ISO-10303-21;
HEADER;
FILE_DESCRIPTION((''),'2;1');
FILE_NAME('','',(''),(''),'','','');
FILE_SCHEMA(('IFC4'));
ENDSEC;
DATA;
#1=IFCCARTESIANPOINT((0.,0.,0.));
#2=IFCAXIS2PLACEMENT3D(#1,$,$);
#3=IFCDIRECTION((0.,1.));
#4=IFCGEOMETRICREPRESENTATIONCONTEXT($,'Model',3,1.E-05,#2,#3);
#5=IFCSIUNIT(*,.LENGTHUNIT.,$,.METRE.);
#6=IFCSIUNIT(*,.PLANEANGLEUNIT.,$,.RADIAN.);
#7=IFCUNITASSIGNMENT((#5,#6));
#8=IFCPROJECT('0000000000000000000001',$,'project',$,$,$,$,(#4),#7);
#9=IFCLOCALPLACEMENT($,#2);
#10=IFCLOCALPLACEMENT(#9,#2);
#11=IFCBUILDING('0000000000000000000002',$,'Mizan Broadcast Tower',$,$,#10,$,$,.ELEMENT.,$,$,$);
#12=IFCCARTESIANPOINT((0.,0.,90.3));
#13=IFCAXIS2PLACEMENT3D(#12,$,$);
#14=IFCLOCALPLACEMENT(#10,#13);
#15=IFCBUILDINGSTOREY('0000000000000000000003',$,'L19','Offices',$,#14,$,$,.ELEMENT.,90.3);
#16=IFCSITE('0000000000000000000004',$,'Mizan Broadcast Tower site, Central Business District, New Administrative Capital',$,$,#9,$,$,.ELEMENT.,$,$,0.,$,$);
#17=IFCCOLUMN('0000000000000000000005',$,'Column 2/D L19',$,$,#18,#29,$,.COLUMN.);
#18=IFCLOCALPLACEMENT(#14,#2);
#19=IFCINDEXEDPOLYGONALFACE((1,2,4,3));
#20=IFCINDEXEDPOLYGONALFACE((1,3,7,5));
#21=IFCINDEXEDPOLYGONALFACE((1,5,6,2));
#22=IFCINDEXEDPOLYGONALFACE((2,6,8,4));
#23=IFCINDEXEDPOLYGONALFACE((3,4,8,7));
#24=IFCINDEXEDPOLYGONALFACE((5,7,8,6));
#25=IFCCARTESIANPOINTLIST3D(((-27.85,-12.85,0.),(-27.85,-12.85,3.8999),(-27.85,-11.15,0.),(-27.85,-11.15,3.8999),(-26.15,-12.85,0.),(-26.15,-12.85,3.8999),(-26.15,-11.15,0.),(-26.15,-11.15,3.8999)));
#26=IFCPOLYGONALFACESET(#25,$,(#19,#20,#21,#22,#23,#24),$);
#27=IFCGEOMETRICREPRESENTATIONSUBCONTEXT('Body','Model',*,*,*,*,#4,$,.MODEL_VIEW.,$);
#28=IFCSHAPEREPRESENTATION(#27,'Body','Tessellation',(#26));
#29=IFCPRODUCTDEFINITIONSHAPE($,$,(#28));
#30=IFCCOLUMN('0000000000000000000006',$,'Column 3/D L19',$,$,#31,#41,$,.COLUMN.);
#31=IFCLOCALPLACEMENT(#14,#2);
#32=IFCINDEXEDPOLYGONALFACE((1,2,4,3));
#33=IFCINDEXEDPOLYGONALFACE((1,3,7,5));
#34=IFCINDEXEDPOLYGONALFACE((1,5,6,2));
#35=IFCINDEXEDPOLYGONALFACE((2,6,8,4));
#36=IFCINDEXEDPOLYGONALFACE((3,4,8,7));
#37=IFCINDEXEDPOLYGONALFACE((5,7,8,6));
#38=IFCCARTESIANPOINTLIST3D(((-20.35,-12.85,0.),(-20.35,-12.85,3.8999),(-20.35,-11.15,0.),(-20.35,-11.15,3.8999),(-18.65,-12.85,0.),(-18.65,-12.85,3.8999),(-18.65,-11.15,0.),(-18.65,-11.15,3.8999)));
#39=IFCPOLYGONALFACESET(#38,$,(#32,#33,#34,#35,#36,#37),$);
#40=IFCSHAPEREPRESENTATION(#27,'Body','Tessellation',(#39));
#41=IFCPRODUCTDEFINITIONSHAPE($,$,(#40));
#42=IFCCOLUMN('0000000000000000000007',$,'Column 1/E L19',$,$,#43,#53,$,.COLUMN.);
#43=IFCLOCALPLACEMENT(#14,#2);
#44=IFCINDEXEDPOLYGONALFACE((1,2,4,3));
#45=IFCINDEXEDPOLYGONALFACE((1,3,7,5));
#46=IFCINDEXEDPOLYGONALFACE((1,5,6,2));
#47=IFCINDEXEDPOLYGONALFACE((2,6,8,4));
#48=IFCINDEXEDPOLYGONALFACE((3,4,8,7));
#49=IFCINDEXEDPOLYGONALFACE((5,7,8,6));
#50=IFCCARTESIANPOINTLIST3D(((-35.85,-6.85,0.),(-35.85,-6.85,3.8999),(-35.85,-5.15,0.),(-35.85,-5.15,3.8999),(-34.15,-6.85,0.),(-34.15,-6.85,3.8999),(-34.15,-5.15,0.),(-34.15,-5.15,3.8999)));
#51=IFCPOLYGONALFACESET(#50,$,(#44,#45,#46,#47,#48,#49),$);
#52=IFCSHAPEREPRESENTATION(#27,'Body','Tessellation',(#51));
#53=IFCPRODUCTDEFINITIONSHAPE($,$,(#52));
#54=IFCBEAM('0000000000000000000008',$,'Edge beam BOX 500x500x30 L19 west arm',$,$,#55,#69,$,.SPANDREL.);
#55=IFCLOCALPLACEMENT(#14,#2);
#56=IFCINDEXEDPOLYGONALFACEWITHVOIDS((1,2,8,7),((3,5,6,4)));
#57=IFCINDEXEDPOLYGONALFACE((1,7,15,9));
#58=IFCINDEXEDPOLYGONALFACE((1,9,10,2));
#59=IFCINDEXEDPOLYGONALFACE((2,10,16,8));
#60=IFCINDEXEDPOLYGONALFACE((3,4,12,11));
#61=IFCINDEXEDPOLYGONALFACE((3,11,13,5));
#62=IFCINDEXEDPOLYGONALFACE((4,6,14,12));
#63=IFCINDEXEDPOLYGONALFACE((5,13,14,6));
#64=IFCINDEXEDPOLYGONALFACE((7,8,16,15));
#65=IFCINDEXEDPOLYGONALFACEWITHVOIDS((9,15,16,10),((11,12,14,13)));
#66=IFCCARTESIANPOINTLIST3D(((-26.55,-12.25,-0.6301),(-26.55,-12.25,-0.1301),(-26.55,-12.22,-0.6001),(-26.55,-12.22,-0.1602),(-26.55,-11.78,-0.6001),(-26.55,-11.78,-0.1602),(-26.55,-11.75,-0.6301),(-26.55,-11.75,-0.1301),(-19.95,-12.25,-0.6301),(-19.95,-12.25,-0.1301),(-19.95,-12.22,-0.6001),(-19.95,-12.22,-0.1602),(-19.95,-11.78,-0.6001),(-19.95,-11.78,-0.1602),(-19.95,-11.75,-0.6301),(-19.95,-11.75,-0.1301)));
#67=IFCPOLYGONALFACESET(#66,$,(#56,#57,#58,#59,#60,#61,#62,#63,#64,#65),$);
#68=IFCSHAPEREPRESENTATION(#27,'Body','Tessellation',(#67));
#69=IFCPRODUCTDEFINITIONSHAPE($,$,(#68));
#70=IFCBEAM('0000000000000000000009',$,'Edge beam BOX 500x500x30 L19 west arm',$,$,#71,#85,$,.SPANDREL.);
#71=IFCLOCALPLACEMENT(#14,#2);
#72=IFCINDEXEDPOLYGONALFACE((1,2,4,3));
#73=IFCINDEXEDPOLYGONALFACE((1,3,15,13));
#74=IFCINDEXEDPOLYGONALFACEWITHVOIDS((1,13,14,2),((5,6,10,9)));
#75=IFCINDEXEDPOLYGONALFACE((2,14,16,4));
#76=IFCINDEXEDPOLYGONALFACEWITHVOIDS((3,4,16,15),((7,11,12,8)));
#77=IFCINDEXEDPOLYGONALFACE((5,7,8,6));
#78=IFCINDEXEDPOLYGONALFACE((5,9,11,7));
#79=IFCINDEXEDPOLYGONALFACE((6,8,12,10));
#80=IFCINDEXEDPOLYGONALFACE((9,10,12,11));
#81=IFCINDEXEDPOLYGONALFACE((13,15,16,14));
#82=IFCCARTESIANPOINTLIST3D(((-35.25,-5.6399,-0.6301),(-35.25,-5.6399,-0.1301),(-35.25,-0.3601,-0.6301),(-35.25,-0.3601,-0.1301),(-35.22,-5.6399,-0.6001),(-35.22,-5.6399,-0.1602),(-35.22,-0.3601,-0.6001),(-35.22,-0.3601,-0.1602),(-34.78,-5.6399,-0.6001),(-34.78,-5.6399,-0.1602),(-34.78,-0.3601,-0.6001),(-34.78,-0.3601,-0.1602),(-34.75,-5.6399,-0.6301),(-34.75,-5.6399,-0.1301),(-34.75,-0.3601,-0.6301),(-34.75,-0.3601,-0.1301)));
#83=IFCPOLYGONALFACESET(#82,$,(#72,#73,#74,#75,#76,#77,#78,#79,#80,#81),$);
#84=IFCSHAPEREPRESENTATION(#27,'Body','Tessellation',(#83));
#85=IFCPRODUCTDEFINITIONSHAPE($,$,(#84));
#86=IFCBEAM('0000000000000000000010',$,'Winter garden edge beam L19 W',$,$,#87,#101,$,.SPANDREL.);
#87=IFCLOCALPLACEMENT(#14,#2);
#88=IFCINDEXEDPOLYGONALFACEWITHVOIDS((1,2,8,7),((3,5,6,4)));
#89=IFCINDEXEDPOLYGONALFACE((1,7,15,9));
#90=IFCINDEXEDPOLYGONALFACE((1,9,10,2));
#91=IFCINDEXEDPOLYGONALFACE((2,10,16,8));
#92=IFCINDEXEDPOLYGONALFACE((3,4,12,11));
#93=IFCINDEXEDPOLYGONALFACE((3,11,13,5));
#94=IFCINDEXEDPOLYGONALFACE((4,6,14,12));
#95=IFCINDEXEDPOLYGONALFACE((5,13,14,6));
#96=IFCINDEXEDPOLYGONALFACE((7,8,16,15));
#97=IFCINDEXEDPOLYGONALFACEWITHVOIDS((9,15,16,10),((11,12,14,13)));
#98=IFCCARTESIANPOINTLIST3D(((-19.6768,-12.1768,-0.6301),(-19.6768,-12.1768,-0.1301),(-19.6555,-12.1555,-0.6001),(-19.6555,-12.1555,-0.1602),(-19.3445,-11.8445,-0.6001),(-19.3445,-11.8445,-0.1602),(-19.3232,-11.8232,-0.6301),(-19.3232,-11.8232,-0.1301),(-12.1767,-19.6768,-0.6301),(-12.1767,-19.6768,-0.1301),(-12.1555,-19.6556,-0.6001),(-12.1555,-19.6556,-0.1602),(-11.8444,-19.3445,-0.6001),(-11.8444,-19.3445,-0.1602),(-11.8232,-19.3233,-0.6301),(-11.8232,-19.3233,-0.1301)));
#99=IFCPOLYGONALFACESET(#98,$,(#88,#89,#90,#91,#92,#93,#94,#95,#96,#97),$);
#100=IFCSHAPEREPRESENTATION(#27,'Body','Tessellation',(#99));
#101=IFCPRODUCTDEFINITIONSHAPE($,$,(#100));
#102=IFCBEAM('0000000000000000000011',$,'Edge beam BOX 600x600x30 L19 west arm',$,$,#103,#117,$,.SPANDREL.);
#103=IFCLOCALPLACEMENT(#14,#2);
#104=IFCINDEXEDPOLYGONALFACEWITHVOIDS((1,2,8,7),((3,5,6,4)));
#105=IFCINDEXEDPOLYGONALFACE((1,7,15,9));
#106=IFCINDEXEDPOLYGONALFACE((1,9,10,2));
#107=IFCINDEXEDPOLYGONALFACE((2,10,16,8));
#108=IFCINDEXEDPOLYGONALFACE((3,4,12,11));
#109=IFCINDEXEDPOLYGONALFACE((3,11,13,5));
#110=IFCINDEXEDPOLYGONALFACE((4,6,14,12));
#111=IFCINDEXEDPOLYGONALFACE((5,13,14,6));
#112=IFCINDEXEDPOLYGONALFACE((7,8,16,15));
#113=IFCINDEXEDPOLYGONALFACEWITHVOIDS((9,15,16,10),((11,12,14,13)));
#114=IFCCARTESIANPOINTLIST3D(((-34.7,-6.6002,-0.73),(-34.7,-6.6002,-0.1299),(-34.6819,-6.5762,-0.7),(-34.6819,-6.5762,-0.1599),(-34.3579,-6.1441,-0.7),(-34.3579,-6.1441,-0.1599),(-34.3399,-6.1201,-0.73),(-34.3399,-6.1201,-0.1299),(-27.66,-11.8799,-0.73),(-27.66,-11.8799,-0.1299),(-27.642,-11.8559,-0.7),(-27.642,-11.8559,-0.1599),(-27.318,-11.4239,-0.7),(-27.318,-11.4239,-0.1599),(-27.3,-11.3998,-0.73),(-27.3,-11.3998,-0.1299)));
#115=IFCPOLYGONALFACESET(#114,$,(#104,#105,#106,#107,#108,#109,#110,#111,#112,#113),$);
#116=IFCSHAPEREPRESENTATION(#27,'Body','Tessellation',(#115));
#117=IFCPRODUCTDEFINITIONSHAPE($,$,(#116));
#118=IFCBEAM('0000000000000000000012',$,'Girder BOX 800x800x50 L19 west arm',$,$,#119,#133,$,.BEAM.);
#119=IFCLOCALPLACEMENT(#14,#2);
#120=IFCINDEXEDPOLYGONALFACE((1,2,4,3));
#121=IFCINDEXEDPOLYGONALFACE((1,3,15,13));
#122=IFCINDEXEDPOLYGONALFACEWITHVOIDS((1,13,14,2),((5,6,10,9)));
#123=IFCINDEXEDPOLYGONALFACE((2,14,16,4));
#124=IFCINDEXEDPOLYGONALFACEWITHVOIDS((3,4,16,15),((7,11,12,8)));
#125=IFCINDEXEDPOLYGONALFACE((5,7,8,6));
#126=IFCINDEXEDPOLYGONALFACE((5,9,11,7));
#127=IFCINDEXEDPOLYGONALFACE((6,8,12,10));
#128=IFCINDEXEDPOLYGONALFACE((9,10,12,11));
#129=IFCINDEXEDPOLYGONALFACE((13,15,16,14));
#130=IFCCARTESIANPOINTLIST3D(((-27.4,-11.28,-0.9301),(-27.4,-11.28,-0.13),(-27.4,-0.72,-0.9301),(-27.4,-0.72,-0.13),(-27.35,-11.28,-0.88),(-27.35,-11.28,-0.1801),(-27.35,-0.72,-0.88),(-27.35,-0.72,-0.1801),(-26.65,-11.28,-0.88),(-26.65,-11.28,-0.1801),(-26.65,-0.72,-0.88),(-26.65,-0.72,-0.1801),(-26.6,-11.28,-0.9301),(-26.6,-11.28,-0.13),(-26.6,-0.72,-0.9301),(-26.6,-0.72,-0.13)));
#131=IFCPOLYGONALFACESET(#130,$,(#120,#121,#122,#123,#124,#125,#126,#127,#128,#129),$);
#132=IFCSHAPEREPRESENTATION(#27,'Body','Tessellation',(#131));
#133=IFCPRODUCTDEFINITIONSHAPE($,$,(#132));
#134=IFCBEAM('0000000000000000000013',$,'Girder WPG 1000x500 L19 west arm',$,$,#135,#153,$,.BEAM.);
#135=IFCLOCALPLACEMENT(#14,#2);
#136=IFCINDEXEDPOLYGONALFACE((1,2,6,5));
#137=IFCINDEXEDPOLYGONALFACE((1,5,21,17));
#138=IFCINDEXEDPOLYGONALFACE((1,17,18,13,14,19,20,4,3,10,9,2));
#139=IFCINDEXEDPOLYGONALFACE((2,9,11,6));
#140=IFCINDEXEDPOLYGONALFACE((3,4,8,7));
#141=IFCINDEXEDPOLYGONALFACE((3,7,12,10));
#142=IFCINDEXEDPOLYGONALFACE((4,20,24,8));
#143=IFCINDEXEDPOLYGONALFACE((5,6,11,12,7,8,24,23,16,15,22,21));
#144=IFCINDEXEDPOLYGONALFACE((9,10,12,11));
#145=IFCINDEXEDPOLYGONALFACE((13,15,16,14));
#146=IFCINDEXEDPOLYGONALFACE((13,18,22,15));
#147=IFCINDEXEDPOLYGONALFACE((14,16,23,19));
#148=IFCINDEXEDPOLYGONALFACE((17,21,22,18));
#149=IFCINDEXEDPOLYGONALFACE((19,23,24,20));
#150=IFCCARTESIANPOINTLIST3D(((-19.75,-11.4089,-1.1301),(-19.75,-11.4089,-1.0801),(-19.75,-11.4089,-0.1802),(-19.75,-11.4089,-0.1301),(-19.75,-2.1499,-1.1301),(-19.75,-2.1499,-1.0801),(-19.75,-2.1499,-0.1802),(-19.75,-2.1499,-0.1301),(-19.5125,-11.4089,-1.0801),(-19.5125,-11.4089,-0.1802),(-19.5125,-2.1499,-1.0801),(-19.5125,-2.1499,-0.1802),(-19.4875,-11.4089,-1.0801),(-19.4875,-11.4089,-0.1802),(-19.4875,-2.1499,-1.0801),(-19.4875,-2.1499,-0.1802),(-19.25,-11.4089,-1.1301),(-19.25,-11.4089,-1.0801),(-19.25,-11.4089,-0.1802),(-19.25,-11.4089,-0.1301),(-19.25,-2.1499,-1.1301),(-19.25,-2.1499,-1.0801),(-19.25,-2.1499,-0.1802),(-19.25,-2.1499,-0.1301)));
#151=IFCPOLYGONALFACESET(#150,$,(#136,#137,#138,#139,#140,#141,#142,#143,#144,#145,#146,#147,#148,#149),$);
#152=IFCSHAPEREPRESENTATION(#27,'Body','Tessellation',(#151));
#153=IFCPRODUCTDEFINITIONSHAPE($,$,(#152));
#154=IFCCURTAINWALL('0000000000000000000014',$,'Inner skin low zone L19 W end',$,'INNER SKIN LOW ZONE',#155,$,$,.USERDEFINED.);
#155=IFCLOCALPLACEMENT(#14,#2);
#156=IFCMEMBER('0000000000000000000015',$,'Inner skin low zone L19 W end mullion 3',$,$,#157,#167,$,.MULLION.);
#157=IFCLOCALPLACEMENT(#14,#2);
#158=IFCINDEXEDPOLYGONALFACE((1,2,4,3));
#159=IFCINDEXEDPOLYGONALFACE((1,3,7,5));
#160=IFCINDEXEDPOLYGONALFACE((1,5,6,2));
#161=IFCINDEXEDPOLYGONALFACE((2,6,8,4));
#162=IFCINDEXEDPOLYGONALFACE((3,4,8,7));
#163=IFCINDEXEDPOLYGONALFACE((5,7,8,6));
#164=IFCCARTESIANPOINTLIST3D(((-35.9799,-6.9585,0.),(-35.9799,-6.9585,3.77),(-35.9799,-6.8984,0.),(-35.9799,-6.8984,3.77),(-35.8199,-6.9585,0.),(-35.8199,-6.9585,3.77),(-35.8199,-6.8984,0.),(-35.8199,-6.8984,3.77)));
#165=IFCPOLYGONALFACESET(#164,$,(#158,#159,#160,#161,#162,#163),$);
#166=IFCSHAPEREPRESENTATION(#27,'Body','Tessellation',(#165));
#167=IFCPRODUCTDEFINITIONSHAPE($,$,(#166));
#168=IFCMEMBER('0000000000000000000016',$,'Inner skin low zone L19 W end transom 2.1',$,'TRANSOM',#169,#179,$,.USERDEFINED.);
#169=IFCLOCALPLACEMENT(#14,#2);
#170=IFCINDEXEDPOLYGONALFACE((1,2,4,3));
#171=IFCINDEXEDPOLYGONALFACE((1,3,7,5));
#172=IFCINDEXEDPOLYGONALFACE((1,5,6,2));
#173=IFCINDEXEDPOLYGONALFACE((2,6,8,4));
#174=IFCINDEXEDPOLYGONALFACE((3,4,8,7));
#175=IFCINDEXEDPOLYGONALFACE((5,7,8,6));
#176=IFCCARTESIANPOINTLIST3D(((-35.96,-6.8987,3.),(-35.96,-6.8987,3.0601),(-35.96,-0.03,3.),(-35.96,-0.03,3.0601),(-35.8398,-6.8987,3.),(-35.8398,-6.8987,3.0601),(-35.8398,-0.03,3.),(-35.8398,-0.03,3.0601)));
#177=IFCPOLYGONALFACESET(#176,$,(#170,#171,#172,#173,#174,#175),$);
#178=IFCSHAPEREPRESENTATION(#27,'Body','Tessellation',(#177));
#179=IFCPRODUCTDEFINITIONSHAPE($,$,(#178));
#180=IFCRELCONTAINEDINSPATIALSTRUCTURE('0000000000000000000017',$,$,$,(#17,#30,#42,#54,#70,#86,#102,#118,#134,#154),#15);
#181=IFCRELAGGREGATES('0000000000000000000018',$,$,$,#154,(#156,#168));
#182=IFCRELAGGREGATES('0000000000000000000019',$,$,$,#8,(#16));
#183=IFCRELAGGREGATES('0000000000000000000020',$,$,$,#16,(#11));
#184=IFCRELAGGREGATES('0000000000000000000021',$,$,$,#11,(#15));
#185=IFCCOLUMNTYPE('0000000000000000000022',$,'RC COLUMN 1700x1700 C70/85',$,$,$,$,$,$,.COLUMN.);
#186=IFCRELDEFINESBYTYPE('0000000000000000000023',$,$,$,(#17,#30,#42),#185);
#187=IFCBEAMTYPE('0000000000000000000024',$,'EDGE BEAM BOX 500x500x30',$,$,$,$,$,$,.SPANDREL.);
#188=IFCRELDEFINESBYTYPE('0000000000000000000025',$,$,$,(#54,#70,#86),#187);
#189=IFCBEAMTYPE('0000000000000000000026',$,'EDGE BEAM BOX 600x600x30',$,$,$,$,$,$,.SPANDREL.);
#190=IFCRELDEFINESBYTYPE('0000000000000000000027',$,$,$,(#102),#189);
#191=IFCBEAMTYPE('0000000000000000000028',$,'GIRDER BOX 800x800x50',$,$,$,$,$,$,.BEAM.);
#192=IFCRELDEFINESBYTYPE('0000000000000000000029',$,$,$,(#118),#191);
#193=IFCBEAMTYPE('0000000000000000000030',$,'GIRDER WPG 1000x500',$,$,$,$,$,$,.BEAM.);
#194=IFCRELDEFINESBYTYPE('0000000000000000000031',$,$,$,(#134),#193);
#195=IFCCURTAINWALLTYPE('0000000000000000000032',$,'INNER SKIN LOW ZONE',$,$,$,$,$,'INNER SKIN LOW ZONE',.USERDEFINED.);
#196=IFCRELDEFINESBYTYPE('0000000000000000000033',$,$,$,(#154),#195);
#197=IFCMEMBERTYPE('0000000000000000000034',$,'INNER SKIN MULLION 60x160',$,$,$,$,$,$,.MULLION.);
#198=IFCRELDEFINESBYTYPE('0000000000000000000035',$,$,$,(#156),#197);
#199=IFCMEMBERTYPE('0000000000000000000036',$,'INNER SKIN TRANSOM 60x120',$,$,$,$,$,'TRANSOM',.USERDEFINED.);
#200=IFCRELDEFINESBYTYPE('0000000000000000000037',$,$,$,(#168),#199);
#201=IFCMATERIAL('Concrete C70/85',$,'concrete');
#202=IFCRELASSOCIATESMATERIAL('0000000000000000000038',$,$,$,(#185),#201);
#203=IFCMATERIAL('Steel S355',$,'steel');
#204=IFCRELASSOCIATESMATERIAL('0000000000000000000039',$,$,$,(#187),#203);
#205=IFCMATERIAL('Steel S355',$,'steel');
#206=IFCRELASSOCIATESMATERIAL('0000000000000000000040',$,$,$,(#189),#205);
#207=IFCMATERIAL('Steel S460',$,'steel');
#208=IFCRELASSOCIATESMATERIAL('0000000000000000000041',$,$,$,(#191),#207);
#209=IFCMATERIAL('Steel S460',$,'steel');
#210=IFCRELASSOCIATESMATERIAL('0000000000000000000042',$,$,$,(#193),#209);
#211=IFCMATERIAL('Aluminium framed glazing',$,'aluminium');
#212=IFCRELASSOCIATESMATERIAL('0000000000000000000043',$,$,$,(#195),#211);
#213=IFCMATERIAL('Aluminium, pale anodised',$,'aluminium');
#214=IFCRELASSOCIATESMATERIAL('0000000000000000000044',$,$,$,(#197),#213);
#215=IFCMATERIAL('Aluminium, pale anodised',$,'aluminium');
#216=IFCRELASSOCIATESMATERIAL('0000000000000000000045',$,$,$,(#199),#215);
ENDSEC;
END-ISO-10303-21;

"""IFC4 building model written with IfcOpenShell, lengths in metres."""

from ifc_helpers import new_model, si_unit, direction, frame, origin, origin_2d, place, context, subcontext, project, spatial, rectangle, hollow_rectangle, i_section, extrude, material, material_profile, profile_set, type_object, element, aggregate, save


model = new_model("IFC4")

# Units and contexts
model_context = context("Model", 3, precision=1e-05, world=origin(), true_north=direction((0.0, 1.0)))
body_context = subcontext(model_context, "Body", "Model", "MODEL_VIEW")
ifc_project = project(units=[si_unit("LENGTHUNIT", "METRE"), si_unit("PLANEANGLEUNIT", "RADIAN")], contexts=[model_context])

# Site, building, storey
site_placement = place(None, origin())
site = spatial("IfcSite", under=ifc_project, at=site_placement, Name="Mizan Broadcast Tower site, Central Business District, New Administrative Capital", CompositionType="ELEMENT", RefElevation=0.0)
building_placement = place(site_placement, origin())
building = spatial("IfcBuilding", under=site, at=building_placement, Name="Mizan Broadcast Tower", CompositionType="ELEMENT")
storey_placement = place(building_placement, frame((0.0, 0.0, 90.3)))
storey = spatial("IfcBuildingStorey", under=building, at=storey_placement, Name="L19", Description="Offices", CompositionType="ELEMENT", Elevation=90.3)

# Columns
ifc_material_1 = material(Name="Concrete C70/85", Category="concrete")
ifc_material_profile_1 = material_profile(ifc_material_1, rectangle(XDim=1.7, YDim=1.7, at=origin_2d()), Name="RC 1700x1700")
ifc_profile_set_1 = profile_set([ifc_material_profile_1], Name="Concrete C70/85")
column_type = type_object("IfcColumnType", Name="RC COLUMN 1700x1700 C70/85", PredefinedType="COLUMN", material=ifc_profile_set_1)
for number, where, z_axis, x_axis, name in (
    (1, (-27.0, -12.0, 0.0), (0.0, 0.0, 1.0), (1.0, 0.0, 0.0), "Column 2/D L19"),
    (2, (-19.5, -12.0, 0.0), (0.0, 0.0, 1.0), (1.0, 0.0, 0.0), "Column 3/D L19"),
    (3, (-35.0, -6.0, 0.0), (0.0, 0.0, 1.0), (1.0, 0.0, 0.0), "Column 1/E L19"),
):
    element("IfcColumn", number, at=place(storey_placement, frame(where, z_axis=z_axis, x_axis=x_axis)), inside=storey, type_object=column_type, Name=name, PredefinedType="COLUMN", context=body_context, shape_type="SweptSolid", body=[
        extrude(rectangle(XDim=1.7, YDim=1.7, at=origin_2d()), origin(), (0.0, 0.0, 1.0), 3.8999),
    ])

# Beams
ifc_material_2 = material(Name="Steel S355", Category="steel")
ifc_material_profile_2 = material_profile(ifc_material_2, hollow_rectangle(XDim=0.5, YDim=0.5, WallThickness=0.03, at=origin_2d()), Name="BOX 500x500x30")
ifc_profile_set_2 = profile_set([ifc_material_profile_2], Name="Steel S355")
beam_type_1 = type_object("IfcBeamType", Name="EDGE BEAM BOX 500x500x30", PredefinedType="SPANDREL", material=ifc_profile_set_2)
beam_1_placement = place(storey_placement, frame((-19.95, -12.0, -0.3801), z_axis=(-1.0, 0.0, 0.0), x_axis=(0.0, -1.0, 0.0)))
element("IfcBeam", 4, at=beam_1_placement, inside=storey, type_object=beam_type_1, Name="Edge beam BOX 500x500x30 L19 west arm", PredefinedType="SPANDREL", context=body_context, shape_type="SweptSolid", body=[
    extrude(hollow_rectangle(XDim=0.5, YDim=0.5, WallThickness=0.03, at=origin_2d()), origin(), (0.0, 0.0, 1.0), 6.6001),
])
beam_2_placement = place(storey_placement, frame((-35.0, -5.6399, -0.3801), z_axis=(0.0, 1.0, 0.0), x_axis=(-1.0, 0.0, 0.0)))
element("IfcBeam", 5, at=beam_2_placement, inside=storey, type_object=beam_type_1, Name="Edge beam BOX 500x500x30 L19 west arm", PredefinedType="SPANDREL", context=body_context, shape_type="SweptSolid", body=[
    extrude(hollow_rectangle(XDim=0.5, YDim=0.5, WallThickness=0.03, at=origin_2d()), origin(), (0.0, 0.0, 1.0), 5.2798),
])
beam_3_placement = place(storey_placement, frame((-19.5, -12.0, -0.3801), z_axis=(0.707107, -0.707107, 0.0), x_axis=(0.707107, 0.707107, 0.0)))
element("IfcBeam", 6, at=beam_3_placement, inside=storey, type_object=beam_type_1, Name="Winter garden edge beam L19 W", PredefinedType="SPANDREL", context=body_context, shape_type="SweptSolid", body=[
    extrude(hollow_rectangle(XDim=0.5, YDim=0.5, WallThickness=0.03, at=origin_2d()), origin(), (0.0, 0.0, 1.0), 10.6067),
])
ifc_material_3 = material(Name="Steel S355", Category="steel")
ifc_material_profile_3 = material_profile(ifc_material_3, hollow_rectangle(XDim=0.6001, YDim=0.6001, WallThickness=0.03, at=origin_2d()), Name="BOX 600x600x30")
ifc_profile_set_3 = profile_set([ifc_material_profile_3], Name="Steel S355")
beam_type_2 = type_object("IfcBeamType", Name="EDGE BEAM BOX 600x600x30", PredefinedType="SPANDREL", material=ifc_profile_set_3)
beam_4_placement = place(storey_placement, frame((-27.48, -11.6399, -0.4299), z_axis=(-0.800013, 0.599982, 0.0), x_axis=(-0.599982, -0.800013, 0.0)))
element("IfcBeam", 7, at=beam_4_placement, inside=storey, type_object=beam_type_2, Name="Edge beam BOX 600x600x30 L19 west arm", PredefinedType="SPANDREL", context=body_context, shape_type="SweptSolid", body=[
    extrude(hollow_rectangle(XDim=0.6001, YDim=0.6001, WallThickness=0.03, at=origin_2d()), origin(), (0.0, 0.0, 1.0), 8.7998),
])
ifc_material_4 = material(Name="Steel S460", Category="steel")
ifc_material_profile_4 = material_profile(ifc_material_4, hollow_rectangle(XDim=0.8, YDim=0.8, WallThickness=0.05, at=origin_2d()), Name="BOX 800x800x50")
ifc_profile_set_4 = profile_set([ifc_material_profile_4], Name="Steel S460")
beam_type_3 = type_object("IfcBeamType", Name="GIRDER BOX 800x800x50", PredefinedType="BEAM", material=ifc_profile_set_4)
beam_5_placement = place(storey_placement, frame((-27.0, -11.28, -0.53), z_axis=(0.0, 1.0, 0.0), x_axis=(-1.0, 0.0, 0.0)))
element("IfcBeam", 8, at=beam_5_placement, inside=storey, type_object=beam_type_3, Name="Girder BOX 800x800x50 L19 west arm", PredefinedType="BEAM", context=body_context, shape_type="SweptSolid", body=[
    extrude(hollow_rectangle(XDim=0.8, YDim=0.8, WallThickness=0.05, at=origin_2d()), origin(), (0.0, 0.0, 1.0), 10.5601),
])
ifc_material_5 = material(Name="Steel S460", Category="steel")
ifc_material_profile_5 = material_profile(ifc_material_5, i_section(OverallWidth=0.5, OverallDepth=1.0, WebThickness=0.0249, FlangeThickness=0.05, at=origin_2d()), Name="WPG 1000x500")
ifc_profile_set_5 = profile_set([ifc_material_profile_5], Name="Steel S460")
beam_type_4 = type_object("IfcBeamType", Name="GIRDER WPG 1000x500", PredefinedType="BEAM", material=ifc_profile_set_5)
beam_6_placement = place(storey_placement, frame((-19.5, -11.4089, -0.6301), z_axis=(0.0, 1.0, 0.0), x_axis=(-1.0, 0.0, 0.0)))
element("IfcBeam", 9, at=beam_6_placement, inside=storey, type_object=beam_type_4, Name="Girder WPG 1000x500 L19 west arm", PredefinedType="BEAM", context=body_context, shape_type="SweptSolid", body=[
    extrude(i_section(OverallWidth=0.5, OverallDepth=1.0, WebThickness=0.0249, FlangeThickness=0.05, at=origin_2d()), origin(), (0.0, 0.0, 1.0), 9.259),
])

# Curtain wall, members
ifc_material_6 = material(Name="Aluminium framed glazing", Category="aluminium")
curtain_wall_type_1 = type_object("IfcCurtainWallType", Name="INNER SKIN LOW ZONE", ElementType="INNER SKIN LOW ZONE", PredefinedType="USERDEFINED", material=ifc_material_6)
curtain_wall_1_placement = place(storey_placement, origin())
curtain_wall_1 = element("IfcCurtainWall", 10, at=curtain_wall_1_placement, inside=storey, type_object=curtain_wall_type_1, Name="Inner skin low zone L19 W end", ObjectType="INNER SKIN LOW ZONE", PredefinedType="USERDEFINED")
ifc_material_7 = material(Name="Aluminium, pale anodised", Category="aluminium")
ifc_material_profile_6 = material_profile(ifc_material_7, rectangle(XDim=0.1599, YDim=0.0601, at=origin_2d()), Name="MULLION 160x60")
ifc_profile_set_6 = profile_set([ifc_material_profile_6], Name="Aluminium, pale anodised")
member_type_1 = type_object("IfcMemberType", Name="INNER SKIN MULLION 60x160", PredefinedType="MULLION", material=ifc_profile_set_6)
member_1_placement = place(storey_placement, frame((-35.8999, -6.9285, 0.0), z_axis=(0.0, 0.0, 1.0), x_axis=(1.0, 0.0, 0.0)))
member_1 = element("IfcMember", 11, at=member_1_placement, type_object=member_type_1, Name="Inner skin low zone L19 W end mullion 3", PredefinedType="MULLION", context=body_context, shape_type="SweptSolid", body=[
    extrude(rectangle(XDim=0.1599, YDim=0.0601, at=origin_2d()), origin(), (0.0, 0.0, 1.0), 3.77),
])
ifc_material_8 = material(Name="Aluminium, pale anodised", Category="aluminium")
ifc_material_profile_7 = material_profile(ifc_material_8, rectangle(XDim=0.1201, YDim=0.0601, at=origin_2d()), Name="TRANSOM 120x60")
ifc_profile_set_7 = profile_set([ifc_material_profile_7], Name="Aluminium, pale anodised")
member_type_2 = type_object("IfcMemberType", Name="INNER SKIN TRANSOM 60x120", ElementType="TRANSOM", PredefinedType="USERDEFINED", material=ifc_profile_set_7)
member_2_placement = place(storey_placement, frame((-35.8999, -0.03, 3.03), z_axis=(0.0, -1.0, 0.0), x_axis=(1.0, 0.0, 0.0)))
member_2 = element("IfcMember", 12, at=member_2_placement, type_object=member_type_2, Name="Inner skin low zone L19 W end transom 2.1", ObjectType="TRANSOM", PredefinedType="USERDEFINED", context=body_context, shape_type="SweptSolid", body=[
    extrude(rectangle(XDim=0.1201, YDim=0.0601, at=origin_2d()), origin(), (0.0, 0.0, 1.0), 6.8687),
])

aggregate(curtain_wall_1, [member_1, member_2])

save(model, "model.ifc")
